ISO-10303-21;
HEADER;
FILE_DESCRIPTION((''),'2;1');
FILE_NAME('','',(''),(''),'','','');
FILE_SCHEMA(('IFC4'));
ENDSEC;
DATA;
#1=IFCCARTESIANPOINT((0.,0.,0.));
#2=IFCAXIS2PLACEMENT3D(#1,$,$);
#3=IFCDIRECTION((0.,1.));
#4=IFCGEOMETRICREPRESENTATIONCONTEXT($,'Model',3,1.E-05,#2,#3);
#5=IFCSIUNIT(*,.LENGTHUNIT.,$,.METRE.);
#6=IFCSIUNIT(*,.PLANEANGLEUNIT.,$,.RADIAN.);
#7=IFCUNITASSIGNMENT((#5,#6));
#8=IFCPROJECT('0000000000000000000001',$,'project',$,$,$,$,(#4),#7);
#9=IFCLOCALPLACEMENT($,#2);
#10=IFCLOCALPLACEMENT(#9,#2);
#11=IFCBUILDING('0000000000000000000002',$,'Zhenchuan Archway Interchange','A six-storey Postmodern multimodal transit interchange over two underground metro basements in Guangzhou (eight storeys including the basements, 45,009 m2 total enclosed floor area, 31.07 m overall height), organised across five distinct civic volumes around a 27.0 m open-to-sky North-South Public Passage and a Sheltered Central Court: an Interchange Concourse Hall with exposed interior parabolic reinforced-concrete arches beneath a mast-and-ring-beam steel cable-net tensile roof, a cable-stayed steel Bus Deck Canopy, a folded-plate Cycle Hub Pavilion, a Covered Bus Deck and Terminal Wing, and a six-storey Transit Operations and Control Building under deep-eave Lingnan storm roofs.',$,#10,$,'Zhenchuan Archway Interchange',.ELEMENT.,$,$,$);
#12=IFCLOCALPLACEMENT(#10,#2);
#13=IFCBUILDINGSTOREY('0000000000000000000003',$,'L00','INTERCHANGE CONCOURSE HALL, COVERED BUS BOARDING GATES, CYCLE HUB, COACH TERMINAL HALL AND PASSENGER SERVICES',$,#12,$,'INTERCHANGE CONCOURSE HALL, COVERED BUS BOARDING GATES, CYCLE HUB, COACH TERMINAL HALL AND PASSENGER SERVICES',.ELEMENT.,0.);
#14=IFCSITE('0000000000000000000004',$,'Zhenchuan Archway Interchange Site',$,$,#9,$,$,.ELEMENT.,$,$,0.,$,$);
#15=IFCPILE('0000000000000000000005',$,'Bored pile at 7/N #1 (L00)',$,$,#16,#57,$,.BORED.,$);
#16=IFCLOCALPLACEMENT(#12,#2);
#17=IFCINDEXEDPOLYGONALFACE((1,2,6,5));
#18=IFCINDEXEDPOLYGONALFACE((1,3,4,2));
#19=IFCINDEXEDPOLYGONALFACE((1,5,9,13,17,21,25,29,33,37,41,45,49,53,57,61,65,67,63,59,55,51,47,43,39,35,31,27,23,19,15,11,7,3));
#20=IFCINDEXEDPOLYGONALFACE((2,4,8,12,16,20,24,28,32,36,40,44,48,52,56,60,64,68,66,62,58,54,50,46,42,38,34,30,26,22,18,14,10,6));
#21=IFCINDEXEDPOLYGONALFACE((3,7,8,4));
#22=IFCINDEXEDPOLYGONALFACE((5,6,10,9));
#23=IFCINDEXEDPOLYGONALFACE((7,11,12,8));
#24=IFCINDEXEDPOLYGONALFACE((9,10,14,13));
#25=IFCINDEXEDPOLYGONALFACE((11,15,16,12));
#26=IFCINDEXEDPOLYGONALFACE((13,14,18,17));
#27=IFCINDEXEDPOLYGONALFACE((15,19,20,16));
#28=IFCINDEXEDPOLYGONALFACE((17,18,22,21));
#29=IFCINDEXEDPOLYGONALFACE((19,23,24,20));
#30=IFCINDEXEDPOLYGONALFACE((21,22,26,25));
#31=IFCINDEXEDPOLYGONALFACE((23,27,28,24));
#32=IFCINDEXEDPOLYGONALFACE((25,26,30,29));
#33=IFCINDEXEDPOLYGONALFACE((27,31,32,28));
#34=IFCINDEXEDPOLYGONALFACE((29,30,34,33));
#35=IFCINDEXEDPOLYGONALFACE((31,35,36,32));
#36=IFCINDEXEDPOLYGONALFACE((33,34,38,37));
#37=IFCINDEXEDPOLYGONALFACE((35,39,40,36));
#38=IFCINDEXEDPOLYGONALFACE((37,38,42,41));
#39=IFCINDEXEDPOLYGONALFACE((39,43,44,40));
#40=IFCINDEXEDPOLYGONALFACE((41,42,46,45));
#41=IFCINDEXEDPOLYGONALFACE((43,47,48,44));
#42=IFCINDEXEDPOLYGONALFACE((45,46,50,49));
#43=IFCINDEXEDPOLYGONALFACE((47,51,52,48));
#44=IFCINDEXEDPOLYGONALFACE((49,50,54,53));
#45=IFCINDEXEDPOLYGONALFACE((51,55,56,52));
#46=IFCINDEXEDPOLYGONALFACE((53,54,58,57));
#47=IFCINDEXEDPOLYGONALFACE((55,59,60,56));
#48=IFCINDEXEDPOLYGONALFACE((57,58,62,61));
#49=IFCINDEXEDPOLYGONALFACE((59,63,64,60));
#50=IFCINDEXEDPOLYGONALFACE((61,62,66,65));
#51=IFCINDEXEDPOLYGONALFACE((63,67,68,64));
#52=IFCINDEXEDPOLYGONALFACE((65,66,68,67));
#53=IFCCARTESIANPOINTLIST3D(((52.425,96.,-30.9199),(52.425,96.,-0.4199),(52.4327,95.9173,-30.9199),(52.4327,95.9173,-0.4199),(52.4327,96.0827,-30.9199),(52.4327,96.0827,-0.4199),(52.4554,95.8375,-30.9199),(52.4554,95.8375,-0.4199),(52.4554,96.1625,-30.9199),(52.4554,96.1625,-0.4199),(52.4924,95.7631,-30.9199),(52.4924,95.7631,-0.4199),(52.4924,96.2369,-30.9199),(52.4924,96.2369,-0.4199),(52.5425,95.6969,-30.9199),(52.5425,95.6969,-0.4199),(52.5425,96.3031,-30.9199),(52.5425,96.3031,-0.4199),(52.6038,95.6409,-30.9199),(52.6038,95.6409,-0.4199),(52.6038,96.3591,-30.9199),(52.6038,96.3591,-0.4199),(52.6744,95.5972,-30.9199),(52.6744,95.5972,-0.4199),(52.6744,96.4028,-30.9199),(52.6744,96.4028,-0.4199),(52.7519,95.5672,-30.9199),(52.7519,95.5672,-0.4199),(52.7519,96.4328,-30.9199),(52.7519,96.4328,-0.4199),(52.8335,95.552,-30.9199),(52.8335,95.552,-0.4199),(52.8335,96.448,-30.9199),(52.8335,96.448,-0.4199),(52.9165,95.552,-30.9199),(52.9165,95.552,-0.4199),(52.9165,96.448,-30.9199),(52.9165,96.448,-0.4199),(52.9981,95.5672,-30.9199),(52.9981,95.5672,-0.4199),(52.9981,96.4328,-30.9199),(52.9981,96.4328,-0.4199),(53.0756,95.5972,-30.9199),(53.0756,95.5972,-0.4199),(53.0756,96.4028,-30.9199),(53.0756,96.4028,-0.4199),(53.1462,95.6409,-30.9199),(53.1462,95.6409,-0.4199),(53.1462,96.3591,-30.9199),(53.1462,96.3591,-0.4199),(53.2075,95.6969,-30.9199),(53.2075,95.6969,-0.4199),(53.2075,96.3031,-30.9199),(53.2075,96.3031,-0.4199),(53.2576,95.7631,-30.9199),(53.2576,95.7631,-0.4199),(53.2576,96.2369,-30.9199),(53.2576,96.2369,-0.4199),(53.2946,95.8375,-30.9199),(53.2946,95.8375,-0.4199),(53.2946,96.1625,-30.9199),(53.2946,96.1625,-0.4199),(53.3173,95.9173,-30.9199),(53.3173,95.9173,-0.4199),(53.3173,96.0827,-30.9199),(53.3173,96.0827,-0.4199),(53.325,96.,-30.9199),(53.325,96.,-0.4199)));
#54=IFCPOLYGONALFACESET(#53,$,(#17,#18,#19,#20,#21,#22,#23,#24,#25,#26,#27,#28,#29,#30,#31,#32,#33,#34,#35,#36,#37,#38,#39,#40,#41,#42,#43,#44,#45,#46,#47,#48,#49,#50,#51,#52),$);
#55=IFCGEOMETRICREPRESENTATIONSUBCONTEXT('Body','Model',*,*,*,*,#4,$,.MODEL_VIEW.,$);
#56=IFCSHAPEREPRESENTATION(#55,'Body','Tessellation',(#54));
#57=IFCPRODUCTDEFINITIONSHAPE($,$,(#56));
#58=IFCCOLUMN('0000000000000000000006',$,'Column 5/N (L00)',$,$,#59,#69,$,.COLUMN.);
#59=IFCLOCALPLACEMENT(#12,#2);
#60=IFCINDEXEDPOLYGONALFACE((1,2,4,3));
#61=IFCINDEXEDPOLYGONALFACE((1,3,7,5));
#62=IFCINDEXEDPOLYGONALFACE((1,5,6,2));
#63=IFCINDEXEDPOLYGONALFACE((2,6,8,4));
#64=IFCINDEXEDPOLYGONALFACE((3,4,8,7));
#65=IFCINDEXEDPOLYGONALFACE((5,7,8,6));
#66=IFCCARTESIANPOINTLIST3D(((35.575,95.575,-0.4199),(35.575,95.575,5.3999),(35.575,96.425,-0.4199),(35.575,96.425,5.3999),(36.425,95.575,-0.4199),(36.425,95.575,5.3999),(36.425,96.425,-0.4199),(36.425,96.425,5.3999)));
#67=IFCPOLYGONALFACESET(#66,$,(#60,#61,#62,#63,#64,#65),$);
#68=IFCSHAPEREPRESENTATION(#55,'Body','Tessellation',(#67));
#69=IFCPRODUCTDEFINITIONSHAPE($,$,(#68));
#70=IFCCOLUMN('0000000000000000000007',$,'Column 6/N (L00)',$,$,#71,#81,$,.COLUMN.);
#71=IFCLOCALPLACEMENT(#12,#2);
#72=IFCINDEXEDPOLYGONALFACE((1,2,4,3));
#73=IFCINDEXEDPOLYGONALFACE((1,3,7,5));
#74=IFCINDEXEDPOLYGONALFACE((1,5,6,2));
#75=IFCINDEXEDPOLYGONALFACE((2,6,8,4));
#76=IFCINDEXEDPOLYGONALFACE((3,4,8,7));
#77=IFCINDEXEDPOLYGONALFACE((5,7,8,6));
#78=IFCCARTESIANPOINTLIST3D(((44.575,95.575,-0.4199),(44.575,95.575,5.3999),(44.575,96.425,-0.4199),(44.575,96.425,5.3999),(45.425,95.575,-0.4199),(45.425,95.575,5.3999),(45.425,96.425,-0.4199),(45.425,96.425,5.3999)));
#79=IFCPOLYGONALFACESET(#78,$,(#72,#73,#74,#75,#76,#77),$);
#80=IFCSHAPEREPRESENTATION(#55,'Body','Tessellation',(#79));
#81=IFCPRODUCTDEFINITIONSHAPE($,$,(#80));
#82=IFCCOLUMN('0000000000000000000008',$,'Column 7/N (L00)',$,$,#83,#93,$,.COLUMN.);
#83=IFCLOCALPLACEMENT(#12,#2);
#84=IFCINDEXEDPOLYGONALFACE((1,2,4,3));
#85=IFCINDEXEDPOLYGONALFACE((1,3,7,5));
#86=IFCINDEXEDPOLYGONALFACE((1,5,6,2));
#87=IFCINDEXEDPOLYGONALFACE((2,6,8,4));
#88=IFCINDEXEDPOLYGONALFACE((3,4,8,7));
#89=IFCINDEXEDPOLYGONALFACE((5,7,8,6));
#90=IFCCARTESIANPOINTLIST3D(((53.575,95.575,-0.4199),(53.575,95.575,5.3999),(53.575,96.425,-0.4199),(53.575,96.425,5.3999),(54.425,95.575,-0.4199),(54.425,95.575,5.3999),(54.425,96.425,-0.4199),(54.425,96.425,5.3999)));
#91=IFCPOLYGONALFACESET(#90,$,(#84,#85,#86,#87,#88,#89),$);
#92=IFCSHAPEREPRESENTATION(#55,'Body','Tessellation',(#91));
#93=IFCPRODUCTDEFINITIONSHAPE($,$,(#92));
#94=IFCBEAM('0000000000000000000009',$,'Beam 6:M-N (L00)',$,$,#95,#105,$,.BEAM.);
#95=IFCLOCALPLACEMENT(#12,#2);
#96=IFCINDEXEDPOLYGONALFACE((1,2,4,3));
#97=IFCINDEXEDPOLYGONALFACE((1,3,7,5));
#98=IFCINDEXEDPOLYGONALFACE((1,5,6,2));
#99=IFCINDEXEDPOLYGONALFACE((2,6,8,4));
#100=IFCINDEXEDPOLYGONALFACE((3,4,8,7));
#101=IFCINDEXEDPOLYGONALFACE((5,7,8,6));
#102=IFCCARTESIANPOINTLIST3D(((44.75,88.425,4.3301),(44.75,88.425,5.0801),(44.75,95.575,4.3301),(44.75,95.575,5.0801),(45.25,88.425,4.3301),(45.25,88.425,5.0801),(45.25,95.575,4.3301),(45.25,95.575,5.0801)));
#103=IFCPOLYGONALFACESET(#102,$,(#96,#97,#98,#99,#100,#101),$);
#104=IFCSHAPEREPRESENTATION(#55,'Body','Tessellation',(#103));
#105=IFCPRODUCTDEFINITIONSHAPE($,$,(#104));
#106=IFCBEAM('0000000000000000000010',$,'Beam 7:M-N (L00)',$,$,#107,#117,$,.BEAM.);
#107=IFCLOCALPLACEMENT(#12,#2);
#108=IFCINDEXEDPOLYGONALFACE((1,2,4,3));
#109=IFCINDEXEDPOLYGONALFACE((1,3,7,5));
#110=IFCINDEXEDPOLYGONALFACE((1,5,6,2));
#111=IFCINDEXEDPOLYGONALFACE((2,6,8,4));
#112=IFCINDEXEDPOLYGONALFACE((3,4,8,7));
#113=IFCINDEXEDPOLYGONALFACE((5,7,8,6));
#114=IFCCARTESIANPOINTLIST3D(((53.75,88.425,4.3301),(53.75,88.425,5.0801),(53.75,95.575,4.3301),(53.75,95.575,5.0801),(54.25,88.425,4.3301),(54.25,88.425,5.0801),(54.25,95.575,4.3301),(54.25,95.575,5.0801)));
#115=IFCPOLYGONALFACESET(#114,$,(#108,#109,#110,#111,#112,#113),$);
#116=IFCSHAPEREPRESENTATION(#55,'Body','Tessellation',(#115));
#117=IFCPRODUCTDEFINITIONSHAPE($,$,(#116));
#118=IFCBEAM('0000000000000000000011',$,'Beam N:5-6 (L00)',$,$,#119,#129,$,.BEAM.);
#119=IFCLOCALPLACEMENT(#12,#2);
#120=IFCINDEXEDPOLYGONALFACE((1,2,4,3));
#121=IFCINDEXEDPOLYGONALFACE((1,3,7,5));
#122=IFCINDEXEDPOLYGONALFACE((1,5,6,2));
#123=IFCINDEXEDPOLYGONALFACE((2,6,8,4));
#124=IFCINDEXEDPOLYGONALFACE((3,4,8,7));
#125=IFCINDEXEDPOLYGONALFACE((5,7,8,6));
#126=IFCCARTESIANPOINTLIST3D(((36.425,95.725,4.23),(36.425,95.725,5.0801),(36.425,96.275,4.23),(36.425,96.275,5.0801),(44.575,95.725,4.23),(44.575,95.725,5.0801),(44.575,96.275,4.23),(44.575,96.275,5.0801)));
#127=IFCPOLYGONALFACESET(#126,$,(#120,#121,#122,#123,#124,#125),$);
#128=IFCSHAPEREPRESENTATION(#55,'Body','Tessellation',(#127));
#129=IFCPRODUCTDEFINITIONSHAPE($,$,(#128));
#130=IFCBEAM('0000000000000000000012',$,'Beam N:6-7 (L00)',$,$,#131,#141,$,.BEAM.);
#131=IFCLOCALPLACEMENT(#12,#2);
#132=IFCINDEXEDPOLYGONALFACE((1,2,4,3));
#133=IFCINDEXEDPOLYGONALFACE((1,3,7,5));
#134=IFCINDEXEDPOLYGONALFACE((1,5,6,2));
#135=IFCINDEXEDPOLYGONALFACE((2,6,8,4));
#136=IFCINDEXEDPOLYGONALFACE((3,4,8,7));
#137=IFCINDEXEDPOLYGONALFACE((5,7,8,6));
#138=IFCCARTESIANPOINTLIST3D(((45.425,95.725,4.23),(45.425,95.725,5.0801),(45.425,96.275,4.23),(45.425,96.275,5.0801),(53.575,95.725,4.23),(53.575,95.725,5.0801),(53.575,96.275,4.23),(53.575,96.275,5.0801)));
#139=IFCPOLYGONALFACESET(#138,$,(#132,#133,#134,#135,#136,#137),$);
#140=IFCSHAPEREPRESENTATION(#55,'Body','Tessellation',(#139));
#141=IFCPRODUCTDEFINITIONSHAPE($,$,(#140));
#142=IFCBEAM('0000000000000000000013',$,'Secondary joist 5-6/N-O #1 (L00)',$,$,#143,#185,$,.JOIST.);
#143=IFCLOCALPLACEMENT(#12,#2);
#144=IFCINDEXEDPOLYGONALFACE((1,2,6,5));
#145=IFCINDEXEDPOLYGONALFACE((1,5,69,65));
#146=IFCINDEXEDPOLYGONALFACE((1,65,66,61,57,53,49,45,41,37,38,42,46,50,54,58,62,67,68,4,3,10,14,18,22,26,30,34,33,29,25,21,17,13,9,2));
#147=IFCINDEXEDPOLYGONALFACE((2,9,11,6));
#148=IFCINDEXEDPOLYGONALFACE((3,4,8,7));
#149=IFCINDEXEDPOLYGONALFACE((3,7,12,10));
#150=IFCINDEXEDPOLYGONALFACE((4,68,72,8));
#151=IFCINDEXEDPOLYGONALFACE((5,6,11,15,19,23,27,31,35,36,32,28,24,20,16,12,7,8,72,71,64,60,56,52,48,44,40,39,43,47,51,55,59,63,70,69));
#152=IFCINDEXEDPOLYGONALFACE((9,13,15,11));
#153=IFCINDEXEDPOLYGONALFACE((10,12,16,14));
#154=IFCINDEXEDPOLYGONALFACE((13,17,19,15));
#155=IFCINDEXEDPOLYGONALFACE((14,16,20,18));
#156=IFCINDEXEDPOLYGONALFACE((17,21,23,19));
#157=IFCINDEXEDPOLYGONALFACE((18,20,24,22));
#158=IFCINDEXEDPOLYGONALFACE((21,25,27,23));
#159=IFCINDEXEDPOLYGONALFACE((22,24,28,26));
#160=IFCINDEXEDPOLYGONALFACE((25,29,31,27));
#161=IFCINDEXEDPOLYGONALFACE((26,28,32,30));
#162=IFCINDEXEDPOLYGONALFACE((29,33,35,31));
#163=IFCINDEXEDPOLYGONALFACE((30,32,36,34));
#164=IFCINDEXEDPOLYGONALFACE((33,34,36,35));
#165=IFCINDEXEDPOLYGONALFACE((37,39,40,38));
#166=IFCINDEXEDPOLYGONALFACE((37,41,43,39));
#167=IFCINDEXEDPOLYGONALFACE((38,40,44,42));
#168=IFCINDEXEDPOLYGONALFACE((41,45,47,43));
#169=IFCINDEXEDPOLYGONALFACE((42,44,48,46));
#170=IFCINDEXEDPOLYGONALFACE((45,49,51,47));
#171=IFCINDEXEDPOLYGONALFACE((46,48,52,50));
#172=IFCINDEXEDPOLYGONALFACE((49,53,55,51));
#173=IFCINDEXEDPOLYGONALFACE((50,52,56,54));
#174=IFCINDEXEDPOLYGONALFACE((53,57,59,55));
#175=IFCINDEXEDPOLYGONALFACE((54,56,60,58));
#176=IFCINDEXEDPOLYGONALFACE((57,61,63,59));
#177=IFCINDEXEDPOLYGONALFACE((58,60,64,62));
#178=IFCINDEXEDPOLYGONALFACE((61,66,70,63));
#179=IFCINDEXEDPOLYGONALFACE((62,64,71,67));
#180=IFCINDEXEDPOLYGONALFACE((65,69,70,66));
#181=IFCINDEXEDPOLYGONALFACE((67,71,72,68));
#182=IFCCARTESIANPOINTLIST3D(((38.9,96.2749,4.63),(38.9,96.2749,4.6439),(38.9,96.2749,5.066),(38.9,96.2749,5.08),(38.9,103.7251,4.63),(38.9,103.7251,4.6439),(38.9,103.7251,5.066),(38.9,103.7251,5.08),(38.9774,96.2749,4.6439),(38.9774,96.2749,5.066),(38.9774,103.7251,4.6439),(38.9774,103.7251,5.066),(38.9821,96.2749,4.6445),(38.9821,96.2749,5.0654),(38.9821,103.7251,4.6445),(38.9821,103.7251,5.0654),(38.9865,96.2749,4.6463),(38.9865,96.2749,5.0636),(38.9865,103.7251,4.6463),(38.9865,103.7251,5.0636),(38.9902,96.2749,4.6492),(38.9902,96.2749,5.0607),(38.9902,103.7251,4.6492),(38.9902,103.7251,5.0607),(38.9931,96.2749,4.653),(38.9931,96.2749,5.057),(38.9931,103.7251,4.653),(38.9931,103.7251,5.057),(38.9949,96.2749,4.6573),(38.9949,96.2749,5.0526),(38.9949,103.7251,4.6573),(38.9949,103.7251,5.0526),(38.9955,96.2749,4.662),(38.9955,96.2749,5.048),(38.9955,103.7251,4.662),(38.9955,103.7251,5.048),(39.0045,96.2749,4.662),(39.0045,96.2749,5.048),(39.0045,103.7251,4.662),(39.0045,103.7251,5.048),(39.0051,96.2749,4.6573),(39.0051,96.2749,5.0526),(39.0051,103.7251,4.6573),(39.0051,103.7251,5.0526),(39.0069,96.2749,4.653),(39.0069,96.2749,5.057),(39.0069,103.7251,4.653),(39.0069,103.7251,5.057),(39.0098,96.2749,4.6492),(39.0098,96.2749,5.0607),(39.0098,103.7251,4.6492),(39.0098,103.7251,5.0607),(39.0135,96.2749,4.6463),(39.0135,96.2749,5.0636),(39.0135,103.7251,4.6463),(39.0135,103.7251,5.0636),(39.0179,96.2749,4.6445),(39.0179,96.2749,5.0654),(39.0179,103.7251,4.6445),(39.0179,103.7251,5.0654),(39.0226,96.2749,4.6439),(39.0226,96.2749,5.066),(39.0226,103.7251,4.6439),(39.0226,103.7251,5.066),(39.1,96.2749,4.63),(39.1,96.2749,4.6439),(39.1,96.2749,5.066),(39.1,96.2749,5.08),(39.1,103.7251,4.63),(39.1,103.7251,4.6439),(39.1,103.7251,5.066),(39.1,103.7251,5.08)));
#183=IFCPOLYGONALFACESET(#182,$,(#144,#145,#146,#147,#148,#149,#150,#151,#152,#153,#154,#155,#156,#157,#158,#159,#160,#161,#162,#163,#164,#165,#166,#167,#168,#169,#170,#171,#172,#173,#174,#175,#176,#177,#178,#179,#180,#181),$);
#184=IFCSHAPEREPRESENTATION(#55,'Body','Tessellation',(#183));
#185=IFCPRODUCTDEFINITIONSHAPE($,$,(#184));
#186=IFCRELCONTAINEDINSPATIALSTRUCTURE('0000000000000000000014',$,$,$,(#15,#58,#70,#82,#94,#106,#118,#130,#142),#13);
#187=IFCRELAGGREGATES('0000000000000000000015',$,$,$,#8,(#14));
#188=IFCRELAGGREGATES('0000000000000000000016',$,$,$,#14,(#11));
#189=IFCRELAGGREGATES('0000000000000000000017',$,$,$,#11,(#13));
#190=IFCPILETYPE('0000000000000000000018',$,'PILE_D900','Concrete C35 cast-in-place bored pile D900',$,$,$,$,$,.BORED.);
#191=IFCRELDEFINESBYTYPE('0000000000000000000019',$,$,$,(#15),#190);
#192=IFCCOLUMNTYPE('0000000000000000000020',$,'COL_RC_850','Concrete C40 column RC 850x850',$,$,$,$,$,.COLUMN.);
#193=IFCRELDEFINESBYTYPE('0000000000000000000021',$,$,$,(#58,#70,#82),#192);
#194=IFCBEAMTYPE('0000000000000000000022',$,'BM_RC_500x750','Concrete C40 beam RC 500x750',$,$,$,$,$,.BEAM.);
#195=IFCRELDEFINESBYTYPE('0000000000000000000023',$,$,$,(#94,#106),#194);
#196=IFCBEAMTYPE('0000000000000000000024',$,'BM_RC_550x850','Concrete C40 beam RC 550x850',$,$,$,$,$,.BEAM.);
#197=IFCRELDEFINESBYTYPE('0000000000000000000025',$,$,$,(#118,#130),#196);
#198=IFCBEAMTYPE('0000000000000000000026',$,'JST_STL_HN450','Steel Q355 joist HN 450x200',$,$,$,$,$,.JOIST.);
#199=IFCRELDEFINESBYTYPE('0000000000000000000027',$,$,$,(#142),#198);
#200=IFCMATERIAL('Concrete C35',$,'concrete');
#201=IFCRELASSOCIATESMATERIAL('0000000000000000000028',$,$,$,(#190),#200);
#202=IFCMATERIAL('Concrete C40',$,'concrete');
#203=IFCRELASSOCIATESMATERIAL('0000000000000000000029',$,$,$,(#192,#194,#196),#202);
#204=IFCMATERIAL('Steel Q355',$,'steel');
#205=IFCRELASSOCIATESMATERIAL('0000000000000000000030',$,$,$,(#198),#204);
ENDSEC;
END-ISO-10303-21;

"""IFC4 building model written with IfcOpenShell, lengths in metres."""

from ifc_helpers import new_model, si_unit, direction, frame, origin, origin_2d, place, context, subcontext, project, spatial, rectangle, circle, i_section, extrude, material, material_profile, profile_set, type_object, element, save


model = new_model("IFC4")

# Units and contexts
model_context = context("Model", 3, precision=1e-05, world=origin(), true_north=direction((0.0, 1.0)))
body_context = subcontext(model_context, "Body", "Model", "MODEL_VIEW")
ifc_project = project(units=[si_unit("LENGTHUNIT", "METRE"), si_unit("PLANEANGLEUNIT", "RADIAN")], contexts=[model_context])

# Site, building, storey
site_placement = place(None, origin())
site = spatial("IfcSite", under=ifc_project, at=site_placement, Name="Zhenchuan Archway Interchange Site", CompositionType="ELEMENT", RefElevation=0.0)
building_placement = place(site_placement, origin())
building = spatial("IfcBuilding", under=site, at=building_placement, Name="Zhenchuan Archway Interchange", Description="A six-storey Postmodern multimodal transit interchange over two underground metro basements in Guangzhou (eight storeys including the basements, 45,009 m2 total enclosed floor area, 31.07 m overall height), organised across five distinct civic volumes around a 27.0 m open-to-sky North-South Public Passage and a Sheltered Central Court: an Interchange Concourse Hall with exposed interior parabolic reinforced-concrete arches beneath a mast-and-ring-beam steel cable-net tensile roof, a cable-stayed steel Bus Deck Canopy, a folded-plate Cycle Hub Pavilion, a Covered Bus Deck and Terminal Wing, and a six-storey Transit Operations and Control Building under deep-eave Lingnan storm roofs.", LongName="Zhenchuan Archway Interchange", CompositionType="ELEMENT")
storey_placement = place(building_placement, origin())
storey = spatial("IfcBuildingStorey", under=building, at=storey_placement, Name="L00", Description="INTERCHANGE CONCOURSE HALL, COVERED BUS BOARDING GATES, CYCLE HUB, COACH TERMINAL HALL AND PASSENGER SERVICES", LongName="INTERCHANGE CONCOURSE HALL, COVERED BUS BOARDING GATES, CYCLE HUB, COACH TERMINAL HALL AND PASSENGER SERVICES", CompositionType="ELEMENT", Elevation=0.0)

# Shared definitions
ifc_material_1 = material(Name="Concrete C40", Category="concrete")

# Pile
ifc_material_2 = material(Name="Concrete C35", Category="concrete")
ifc_material_profile_1 = material_profile(ifc_material_2, circle(Radius=0.45, at=origin_2d()), Name="BORED PILE 900")
ifc_profile_set_1 = profile_set([ifc_material_profile_1], Name="Concrete C35")
pile_type = type_object("IfcPileType", Name="PILE_D900", Description="Concrete C35 cast-in-place bored pile D900", PredefinedType="BORED", material=ifc_profile_set_1)
for number, where, z_axis, x_axis, name in (
    (1, (52.875, 96.0, -0.4199), (0.0, 0.0, -1.0), (1.0, 0.0, 0.0), "Bored pile at 7/N #1 (L00)"),
):
    element("IfcPile", number, at=place(storey_placement, frame(where, z_axis=z_axis, x_axis=x_axis)), inside=storey, type_object=pile_type, Name=name, PredefinedType="BORED", context=body_context, shape_type="SweptSolid", body=[
        extrude(circle(Radius=0.45, at=origin_2d()), origin(), (0.0, 0.0, 1.0), 30.5),
    ])

# Columns
ifc_material_profile_2 = material_profile(ifc_material_1, rectangle(XDim=0.8501, YDim=0.8501, at=origin_2d()), Name="RC 850x850")
ifc_profile_set_2 = profile_set([ifc_material_profile_2], Name="Concrete C40")
column_type = type_object("IfcColumnType", Name="COL_RC_850", Description="Concrete C40 column RC 850x850", PredefinedType="COLUMN", material=ifc_profile_set_2)
for number, where, z_axis, x_axis, name in (
    (2, (36.0, 96.0, -0.4199), (0.0, 0.0, 1.0), (1.0, 0.0, 0.0), "Column 5/N (L00)"),
    (3, (45.0, 96.0, -0.4199), (0.0, 0.0, 1.0), (1.0, 0.0, 0.0), "Column 6/N (L00)"),
    (4, (54.0, 96.0, -0.4199), (0.0, 0.0, 1.0), (1.0, 0.0, 0.0), "Column 7/N (L00)"),
):
    element("IfcColumn", number, at=place(storey_placement, frame(where, z_axis=z_axis, x_axis=x_axis)), inside=storey, type_object=column_type, Name=name, PredefinedType="COLUMN", context=body_context, shape_type="SweptSolid", body=[
        extrude(rectangle(XDim=0.8501, YDim=0.8501, at=origin_2d()), origin(), (0.0, 0.0, 1.0), 5.8198),
    ])

# Beams
ifc_material_profile_3 = material_profile(ifc_material_1, rectangle(XDim=0.5, YDim=0.75, at=origin_2d()), Name="RC 500x750")
ifc_profile_set_3 = profile_set([ifc_material_profile_3], Name="Concrete C40")
beam_type_1 = type_object("IfcBeamType", Name="BM_RC_500x750", Description="Concrete C40 beam RC 500x750", PredefinedType="BEAM", material=ifc_profile_set_3)
for number, where, z_axis, x_axis, name in (
    (5, (45.0, 88.425, 4.7051), (0.0, 1.0, 0.0), (-1.0, 0.0, 0.0), "Beam 6:M-N (L00)"),
    (6, (54.0, 88.425, 4.7051), (0.0, 1.0, 0.0), (-1.0, 0.0, 0.0), "Beam 7:M-N (L00)"),
):
    element("IfcBeam", number, at=place(storey_placement, frame(where, z_axis=z_axis, x_axis=x_axis)), inside=storey, type_object=beam_type_1, Name=name, PredefinedType="BEAM", context=body_context, shape_type="SweptSolid", body=[
        extrude(rectangle(XDim=0.5, YDim=0.75, at=origin_2d()), origin(), (0.0, 0.0, 1.0), 7.1499),
    ])
ifc_material_profile_4 = material_profile(ifc_material_1, rectangle(XDim=0.55, YDim=0.8501, at=origin_2d()), Name="RC 550x850")
ifc_profile_set_4 = profile_set([ifc_material_profile_4], Name="Concrete C40")
beam_type_2 = type_object("IfcBeamType", Name="BM_RC_550x850", Description="Concrete C40 beam RC 550x850", PredefinedType="BEAM", material=ifc_profile_set_4)
for number, where, z_axis, x_axis, name in (
    (7, (36.425, 96.0, 4.655), (1.0, 0.0, 0.0), (0.0, 1.0, 0.0), "Beam N:5-6 (L00)"),
    (8, (45.425, 96.0, 4.655), (1.0, 0.0, 0.0), (0.0, 1.0, 0.0), "Beam N:6-7 (L00)"),
):
    element("IfcBeam", number, at=place(storey_placement, frame(where, z_axis=z_axis, x_axis=x_axis)), inside=storey, type_object=beam_type_2, Name=name, PredefinedType="BEAM", context=body_context, shape_type="SweptSolid", body=[
        extrude(rectangle(XDim=0.55, YDim=0.8501, at=origin_2d()), origin(), (0.0, 0.0, 1.0), 8.1499),
    ])
ifc_material_3 = material(Name="Steel Q355", Category="steel")
ifc_material_profile_5 = material_profile(ifc_material_3, i_section(OverallWidth=0.2, OverallDepth=0.45, WebThickness=0.009, FlangeThickness=0.0139, FilletRadius=0.0181, at=origin_2d()), Name="HN 450x200")
ifc_profile_set_5 = profile_set([ifc_material_profile_5], Name="Steel Q355")
beam_type_3 = type_object("IfcBeamType", Name="JST_STL_HN450", Description="Steel Q355 joist HN 450x200", PredefinedType="JOIST", material=ifc_profile_set_5)
for number, where, z_axis, x_axis, name in (
    (9, (39.0, 96.2749, 4.855), (0.0, 1.0, 0.0), (-1.0, 0.0, 0.0), "Secondary joist 5-6/N-O #1 (L00)"),
):
    element("IfcBeam", number, at=place(storey_placement, frame(where, z_axis=z_axis, x_axis=x_axis)), inside=storey, type_object=beam_type_3, Name=name, PredefinedType="JOIST", context=body_context, shape_type="SweptSolid", body=[
        extrude(i_section(OverallWidth=0.2, OverallDepth=0.45, WebThickness=0.009, FlangeThickness=0.0139, FilletRadius=0.0181, at=origin_2d()), origin(), (0.0, 0.0, 1.0), 7.4502),
    ])

save(model, "model.ifc")
